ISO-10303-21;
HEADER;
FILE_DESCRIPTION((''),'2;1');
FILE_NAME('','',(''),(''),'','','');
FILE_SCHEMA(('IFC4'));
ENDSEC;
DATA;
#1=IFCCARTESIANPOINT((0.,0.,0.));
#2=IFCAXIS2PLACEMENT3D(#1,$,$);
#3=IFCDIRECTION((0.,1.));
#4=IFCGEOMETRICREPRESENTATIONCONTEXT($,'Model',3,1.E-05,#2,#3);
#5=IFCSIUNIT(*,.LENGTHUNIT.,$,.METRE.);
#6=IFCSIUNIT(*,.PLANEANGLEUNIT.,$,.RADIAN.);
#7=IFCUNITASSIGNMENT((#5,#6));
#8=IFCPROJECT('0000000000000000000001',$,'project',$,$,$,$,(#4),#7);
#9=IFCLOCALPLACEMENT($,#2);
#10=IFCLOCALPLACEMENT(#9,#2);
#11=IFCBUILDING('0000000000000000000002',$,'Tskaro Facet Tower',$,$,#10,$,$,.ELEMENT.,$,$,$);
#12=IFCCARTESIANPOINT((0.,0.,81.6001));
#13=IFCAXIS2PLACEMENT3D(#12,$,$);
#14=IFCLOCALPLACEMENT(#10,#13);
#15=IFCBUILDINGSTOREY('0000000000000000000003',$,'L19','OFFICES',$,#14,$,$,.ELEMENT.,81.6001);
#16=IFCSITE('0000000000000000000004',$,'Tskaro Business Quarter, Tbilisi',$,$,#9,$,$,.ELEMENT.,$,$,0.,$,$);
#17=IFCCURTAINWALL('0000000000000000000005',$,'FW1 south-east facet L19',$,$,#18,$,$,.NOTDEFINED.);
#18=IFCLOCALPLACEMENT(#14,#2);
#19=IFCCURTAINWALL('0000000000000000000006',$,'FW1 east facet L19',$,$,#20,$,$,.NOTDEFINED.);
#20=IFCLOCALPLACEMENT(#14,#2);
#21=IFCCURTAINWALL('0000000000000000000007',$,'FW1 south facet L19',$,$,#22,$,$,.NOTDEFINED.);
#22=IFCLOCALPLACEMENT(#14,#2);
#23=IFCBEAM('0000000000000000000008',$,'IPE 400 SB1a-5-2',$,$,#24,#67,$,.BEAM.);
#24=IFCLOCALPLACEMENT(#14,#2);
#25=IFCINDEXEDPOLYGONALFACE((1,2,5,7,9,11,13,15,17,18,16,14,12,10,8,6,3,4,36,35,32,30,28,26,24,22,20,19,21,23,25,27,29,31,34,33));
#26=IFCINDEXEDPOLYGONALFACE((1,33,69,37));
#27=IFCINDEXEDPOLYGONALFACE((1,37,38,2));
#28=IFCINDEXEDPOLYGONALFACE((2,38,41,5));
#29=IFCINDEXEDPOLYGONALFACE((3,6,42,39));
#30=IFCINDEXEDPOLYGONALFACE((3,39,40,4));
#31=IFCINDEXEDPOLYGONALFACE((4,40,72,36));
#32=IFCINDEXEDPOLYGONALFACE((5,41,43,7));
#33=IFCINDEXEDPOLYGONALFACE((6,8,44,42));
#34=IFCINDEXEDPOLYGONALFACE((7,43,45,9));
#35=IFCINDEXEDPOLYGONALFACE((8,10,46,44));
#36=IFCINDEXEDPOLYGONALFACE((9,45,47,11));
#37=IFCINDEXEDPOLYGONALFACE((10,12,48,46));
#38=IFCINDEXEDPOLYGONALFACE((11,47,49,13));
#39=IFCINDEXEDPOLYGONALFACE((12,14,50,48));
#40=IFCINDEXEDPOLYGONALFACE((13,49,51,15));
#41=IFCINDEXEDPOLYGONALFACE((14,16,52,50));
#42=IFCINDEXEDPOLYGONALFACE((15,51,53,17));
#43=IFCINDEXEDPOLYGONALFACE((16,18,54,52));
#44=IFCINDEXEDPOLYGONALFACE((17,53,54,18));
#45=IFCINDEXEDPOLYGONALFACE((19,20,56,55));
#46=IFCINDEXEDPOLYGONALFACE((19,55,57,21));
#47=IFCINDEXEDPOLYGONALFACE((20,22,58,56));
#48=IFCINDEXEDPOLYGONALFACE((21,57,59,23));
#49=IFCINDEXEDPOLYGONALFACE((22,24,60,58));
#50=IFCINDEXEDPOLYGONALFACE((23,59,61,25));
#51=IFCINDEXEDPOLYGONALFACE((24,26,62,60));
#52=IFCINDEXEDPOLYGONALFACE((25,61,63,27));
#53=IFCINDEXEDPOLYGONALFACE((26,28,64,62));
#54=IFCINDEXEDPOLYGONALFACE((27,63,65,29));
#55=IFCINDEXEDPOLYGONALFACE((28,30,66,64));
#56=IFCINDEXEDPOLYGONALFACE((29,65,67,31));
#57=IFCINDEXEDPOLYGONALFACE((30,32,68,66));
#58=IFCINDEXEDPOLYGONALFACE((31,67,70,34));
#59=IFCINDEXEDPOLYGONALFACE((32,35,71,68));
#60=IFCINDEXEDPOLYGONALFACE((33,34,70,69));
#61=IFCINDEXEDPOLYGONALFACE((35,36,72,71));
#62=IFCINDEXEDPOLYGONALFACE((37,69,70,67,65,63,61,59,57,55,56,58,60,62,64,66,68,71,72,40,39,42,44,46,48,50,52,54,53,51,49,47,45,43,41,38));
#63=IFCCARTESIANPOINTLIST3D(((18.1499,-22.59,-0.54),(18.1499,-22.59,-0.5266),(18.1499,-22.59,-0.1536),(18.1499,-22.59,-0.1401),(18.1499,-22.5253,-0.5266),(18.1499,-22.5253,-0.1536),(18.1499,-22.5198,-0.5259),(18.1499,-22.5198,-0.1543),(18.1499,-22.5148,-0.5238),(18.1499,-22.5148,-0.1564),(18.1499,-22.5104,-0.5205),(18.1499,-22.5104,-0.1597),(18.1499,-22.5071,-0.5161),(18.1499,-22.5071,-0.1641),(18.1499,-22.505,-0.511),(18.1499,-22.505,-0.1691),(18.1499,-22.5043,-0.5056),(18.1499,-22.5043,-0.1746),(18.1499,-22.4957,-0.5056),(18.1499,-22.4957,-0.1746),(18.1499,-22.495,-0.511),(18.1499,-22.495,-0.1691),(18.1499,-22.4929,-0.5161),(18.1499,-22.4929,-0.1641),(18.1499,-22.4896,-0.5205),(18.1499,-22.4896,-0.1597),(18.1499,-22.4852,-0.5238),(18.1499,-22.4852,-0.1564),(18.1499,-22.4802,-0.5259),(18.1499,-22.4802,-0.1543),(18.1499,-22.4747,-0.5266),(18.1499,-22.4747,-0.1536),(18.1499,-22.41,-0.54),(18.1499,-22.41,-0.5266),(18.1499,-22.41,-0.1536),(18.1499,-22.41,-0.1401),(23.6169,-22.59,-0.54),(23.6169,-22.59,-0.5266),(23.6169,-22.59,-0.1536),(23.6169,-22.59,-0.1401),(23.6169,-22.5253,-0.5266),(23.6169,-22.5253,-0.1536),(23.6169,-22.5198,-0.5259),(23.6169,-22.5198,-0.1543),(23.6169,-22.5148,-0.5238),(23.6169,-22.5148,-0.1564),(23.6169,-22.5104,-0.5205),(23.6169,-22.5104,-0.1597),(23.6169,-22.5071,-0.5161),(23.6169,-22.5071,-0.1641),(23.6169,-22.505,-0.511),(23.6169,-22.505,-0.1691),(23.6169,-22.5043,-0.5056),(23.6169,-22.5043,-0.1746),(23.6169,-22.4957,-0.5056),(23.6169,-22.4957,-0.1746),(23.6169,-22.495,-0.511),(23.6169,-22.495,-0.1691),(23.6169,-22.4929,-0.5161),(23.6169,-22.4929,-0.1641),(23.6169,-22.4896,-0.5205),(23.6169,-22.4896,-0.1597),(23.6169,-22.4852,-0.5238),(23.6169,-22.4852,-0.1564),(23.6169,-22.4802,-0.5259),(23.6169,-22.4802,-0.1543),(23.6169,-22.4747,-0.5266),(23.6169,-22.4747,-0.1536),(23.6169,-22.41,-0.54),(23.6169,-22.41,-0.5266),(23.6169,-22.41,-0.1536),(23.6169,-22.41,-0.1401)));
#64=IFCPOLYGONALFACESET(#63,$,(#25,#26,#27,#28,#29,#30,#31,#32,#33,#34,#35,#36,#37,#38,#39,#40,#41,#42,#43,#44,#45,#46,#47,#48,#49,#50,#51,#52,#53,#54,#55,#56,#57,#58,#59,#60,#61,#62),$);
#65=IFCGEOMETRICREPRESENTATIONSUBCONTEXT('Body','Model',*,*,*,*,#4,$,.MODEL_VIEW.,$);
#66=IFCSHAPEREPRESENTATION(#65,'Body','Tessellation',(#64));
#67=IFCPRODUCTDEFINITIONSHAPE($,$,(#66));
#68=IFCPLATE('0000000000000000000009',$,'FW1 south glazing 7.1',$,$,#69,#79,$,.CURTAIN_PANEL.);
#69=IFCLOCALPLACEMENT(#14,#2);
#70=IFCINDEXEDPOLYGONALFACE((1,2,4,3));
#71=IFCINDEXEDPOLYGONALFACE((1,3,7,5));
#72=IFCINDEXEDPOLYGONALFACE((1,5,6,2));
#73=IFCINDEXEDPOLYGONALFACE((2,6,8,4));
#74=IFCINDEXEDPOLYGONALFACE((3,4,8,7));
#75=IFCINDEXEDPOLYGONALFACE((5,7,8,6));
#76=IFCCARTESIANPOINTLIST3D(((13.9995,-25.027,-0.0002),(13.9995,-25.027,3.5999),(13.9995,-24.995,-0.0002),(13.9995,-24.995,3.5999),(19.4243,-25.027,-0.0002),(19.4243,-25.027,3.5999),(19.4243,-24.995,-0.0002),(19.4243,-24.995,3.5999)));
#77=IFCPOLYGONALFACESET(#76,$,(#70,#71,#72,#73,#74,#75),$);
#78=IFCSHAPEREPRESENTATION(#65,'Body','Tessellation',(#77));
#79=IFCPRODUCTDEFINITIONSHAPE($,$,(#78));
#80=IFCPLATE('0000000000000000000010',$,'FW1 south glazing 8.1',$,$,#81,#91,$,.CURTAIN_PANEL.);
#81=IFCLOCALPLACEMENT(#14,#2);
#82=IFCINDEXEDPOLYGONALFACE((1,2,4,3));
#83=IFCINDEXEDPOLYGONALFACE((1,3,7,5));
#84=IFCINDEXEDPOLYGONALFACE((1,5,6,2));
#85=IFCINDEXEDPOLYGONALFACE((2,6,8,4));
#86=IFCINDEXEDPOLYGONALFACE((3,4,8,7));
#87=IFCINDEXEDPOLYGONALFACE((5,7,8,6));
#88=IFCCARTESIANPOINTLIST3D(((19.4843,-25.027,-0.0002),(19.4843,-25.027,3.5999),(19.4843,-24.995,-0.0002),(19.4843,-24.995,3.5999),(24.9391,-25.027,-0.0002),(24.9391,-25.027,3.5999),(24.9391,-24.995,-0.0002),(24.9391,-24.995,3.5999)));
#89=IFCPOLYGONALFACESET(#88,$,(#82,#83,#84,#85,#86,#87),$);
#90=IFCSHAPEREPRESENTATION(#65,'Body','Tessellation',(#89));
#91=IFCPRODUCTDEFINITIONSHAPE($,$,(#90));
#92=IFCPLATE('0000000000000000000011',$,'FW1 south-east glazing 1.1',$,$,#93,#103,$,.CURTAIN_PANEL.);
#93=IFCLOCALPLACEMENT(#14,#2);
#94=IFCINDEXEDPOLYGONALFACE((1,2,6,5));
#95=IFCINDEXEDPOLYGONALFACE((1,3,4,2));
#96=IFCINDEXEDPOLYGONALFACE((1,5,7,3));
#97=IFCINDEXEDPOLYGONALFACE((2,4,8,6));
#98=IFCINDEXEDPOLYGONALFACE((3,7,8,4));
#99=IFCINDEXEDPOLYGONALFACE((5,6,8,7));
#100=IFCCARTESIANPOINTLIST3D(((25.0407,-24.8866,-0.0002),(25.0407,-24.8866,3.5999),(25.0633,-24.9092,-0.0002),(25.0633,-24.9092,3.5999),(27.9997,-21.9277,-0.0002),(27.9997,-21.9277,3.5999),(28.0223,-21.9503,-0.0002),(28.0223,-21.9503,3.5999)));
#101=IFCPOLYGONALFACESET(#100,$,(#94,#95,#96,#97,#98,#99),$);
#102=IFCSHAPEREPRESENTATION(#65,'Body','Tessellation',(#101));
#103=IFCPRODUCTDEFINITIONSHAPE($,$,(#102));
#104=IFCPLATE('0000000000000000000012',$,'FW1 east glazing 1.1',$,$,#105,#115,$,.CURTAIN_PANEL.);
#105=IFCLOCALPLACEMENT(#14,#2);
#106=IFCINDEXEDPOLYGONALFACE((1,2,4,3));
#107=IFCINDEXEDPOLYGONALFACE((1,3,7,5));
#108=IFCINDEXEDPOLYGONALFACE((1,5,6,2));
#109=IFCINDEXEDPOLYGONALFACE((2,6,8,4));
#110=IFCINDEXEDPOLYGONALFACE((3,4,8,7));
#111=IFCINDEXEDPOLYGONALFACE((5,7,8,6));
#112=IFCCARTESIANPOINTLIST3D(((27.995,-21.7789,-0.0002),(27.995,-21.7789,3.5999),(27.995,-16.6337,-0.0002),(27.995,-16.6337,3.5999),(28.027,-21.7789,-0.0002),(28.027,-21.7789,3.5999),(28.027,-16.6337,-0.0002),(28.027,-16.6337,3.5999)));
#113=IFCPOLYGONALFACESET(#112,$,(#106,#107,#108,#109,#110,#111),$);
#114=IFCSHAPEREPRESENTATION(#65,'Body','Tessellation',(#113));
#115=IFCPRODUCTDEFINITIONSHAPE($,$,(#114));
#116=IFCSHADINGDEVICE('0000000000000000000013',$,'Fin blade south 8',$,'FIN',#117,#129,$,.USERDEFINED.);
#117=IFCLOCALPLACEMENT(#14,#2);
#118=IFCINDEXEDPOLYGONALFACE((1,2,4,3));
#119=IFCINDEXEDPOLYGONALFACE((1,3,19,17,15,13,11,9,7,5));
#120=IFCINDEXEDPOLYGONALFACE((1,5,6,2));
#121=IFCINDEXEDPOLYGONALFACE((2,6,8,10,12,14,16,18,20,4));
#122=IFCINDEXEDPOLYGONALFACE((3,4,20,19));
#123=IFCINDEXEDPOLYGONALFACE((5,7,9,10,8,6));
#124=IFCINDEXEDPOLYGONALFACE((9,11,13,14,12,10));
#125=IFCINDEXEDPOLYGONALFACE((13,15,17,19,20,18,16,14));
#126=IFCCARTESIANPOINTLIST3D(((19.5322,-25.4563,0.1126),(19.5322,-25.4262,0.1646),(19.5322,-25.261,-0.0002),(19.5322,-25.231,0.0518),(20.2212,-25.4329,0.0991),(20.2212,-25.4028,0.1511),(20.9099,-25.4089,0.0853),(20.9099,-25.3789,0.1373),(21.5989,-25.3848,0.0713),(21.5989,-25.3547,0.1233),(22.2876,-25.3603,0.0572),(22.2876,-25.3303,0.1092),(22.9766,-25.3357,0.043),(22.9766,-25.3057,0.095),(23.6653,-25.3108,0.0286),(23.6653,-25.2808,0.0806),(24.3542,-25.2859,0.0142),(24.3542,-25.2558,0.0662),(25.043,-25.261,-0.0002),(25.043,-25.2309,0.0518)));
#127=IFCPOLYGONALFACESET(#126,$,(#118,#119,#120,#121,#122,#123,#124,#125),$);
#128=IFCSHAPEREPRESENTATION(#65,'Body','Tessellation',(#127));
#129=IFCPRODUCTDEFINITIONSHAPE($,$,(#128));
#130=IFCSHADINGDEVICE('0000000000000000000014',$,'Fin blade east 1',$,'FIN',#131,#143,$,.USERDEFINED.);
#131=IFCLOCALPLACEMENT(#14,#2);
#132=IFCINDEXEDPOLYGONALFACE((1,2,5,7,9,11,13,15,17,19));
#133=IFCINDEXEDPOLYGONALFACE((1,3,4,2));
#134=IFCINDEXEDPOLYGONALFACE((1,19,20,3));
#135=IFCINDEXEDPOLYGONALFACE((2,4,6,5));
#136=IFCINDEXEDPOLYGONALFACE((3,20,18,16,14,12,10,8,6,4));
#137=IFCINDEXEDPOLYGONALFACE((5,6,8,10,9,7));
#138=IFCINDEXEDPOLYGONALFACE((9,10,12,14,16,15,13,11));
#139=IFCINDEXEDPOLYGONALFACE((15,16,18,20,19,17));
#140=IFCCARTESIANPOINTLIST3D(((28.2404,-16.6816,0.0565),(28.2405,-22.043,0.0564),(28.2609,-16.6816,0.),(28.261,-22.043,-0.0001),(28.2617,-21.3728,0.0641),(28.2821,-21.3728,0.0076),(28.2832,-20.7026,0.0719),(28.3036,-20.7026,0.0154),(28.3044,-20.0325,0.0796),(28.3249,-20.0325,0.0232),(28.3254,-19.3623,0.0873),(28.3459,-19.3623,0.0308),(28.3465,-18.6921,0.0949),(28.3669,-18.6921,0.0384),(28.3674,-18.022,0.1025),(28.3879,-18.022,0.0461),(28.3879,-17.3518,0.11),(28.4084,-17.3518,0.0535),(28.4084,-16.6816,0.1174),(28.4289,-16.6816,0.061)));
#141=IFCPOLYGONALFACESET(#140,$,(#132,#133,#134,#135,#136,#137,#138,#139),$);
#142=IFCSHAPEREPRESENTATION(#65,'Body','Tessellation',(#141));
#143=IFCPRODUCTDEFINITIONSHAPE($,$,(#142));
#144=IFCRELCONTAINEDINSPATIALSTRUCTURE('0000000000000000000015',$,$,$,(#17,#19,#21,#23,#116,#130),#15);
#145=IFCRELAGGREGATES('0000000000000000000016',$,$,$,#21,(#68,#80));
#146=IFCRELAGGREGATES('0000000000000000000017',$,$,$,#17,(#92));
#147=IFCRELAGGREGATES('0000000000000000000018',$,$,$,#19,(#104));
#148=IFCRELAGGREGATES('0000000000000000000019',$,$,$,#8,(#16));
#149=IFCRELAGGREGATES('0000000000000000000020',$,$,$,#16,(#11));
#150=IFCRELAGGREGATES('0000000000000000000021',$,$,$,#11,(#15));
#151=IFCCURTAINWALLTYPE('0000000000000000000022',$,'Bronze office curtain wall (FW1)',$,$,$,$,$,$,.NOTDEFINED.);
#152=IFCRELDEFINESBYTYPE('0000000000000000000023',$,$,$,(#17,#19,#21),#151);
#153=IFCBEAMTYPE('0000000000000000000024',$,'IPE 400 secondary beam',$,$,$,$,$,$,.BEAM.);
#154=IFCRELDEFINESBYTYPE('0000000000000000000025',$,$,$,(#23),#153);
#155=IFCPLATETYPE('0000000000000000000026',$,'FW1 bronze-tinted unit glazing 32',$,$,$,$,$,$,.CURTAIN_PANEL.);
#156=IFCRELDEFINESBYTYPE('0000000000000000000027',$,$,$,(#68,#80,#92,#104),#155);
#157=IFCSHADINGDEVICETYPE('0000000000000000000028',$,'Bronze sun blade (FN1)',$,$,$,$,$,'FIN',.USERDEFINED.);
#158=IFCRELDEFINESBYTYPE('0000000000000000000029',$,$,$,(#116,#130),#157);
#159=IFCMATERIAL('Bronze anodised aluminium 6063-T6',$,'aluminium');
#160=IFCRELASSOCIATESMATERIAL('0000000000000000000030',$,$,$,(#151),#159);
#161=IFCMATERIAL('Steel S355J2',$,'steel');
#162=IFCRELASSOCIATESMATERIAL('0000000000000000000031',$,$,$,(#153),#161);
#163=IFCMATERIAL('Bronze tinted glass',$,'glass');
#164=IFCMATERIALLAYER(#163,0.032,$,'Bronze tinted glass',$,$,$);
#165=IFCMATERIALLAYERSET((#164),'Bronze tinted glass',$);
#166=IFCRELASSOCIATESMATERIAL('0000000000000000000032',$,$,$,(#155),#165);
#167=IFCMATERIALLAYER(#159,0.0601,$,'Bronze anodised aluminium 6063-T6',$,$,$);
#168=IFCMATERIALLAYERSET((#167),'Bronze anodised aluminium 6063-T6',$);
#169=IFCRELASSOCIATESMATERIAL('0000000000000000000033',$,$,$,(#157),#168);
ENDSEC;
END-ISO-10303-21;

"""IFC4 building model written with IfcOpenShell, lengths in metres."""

from ifc_helpers import new_model, si_unit, direction, frame, origin, origin_2d, place, context, subcontext, project, spatial, polyline, rectangle, i_section, outline, extrude, material, layer, layer_set, material_profile, profile_set, type_object, element, aggregate, save


model = new_model("IFC4")

# Units and contexts
model_context = context("Model", 3, precision=1e-05, world=origin(), true_north=direction((0.0, 1.0)))
body_context = subcontext(model_context, "Body", "Model", "MODEL_VIEW")
ifc_project = project(units=[si_unit("LENGTHUNIT", "METRE"), si_unit("PLANEANGLEUNIT", "RADIAN")], contexts=[model_context])

# Site, building, storey
site_placement = place(None, origin())
site = spatial("IfcSite", under=ifc_project, at=site_placement, Name="Tskaro Business Quarter, Tbilisi", CompositionType="ELEMENT", RefElevation=0.0)
building_placement = place(site_placement, origin())
building = spatial("IfcBuilding", under=site, at=building_placement, Name="Tskaro Facet Tower", CompositionType="ELEMENT")
storey_placement = place(building_placement, frame((0.0, 0.0, 81.6001)))
storey = spatial("IfcBuildingStorey", under=building, at=storey_placement, Name="L19", Description="OFFICES", CompositionType="ELEMENT", Elevation=81.6001)

# Curtain walls
ifc_material_1 = material(Name="Bronze anodised aluminium 6063-T6", Category="aluminium")
curtain_wall_type = type_object("IfcCurtainWallType", Name="Bronze office curtain wall (FW1)", PredefinedType="NOTDEFINED", material=ifc_material_1)
curtain_wall_1_placement = place(storey_placement, origin())
curtain_wall_1 = element("IfcCurtainWall", 1, at=curtain_wall_1_placement, inside=storey, type_object=curtain_wall_type, Name="FW1 south-east facet L19", PredefinedType="NOTDEFINED")
curtain_wall_2_placement = place(storey_placement, origin())
curtain_wall_2 = element("IfcCurtainWall", 2, at=curtain_wall_2_placement, inside=storey, type_object=curtain_wall_type, Name="FW1 east facet L19", PredefinedType="NOTDEFINED")

# Curtain wall
curtain_wall_3_placement = place(storey_placement, origin())
curtain_wall_3 = element("IfcCurtainWall", 3, at=curtain_wall_3_placement, inside=storey, type_object=curtain_wall_type, Name="FW1 south facet L19", PredefinedType="NOTDEFINED")

# Beam
ifc_material_2 = material(Name="Steel S355J2", Category="steel")
ifc_material_profile_1 = material_profile(ifc_material_2, i_section(OverallWidth=0.1799, OverallDepth=0.3999, WebThickness=0.0085, FlangeThickness=0.0134, FilletRadius=0.021, at=origin_2d()), Name="IPE 400")
ifc_profile_set_1 = profile_set([ifc_material_profile_1], Name="Steel S355J2")
beam_type_1 = type_object("IfcBeamType", Name="IPE 400 secondary beam", PredefinedType="BEAM", material=ifc_profile_set_1)
beam_1_placement = place(storey_placement, frame((18.1499, -22.5, -0.3401), z_axis=(1.0, 0.0, 0.0), x_axis=(0.0, 1.0, 0.0)))
element("IfcBeam", 4, at=beam_1_placement, inside=storey, type_object=beam_type_1, Name="IPE 400 SB1a-5-2", PredefinedType="BEAM", context=body_context, shape_type="SweptSolid", body=[
    extrude(i_section(OverallWidth=0.1799, OverallDepth=0.3999, WebThickness=0.0085, FlangeThickness=0.0134, FilletRadius=0.021, at=origin_2d()), origin(), (0.0, 0.0, 1.0), 5.467),
])

# Plates
ifc_material_3 = material(Name="Bronze tinted glass", Category="glass")
ifc_layer_1 = layer(ifc_material_3, 0.032, Name="Bronze tinted glass")
ifc_layer_set_1 = layer_set([ifc_layer_1], Name="Bronze tinted glass")
plate_type = type_object("IfcPlateType", Name="FW1 bronze-tinted unit glazing 32", PredefinedType="CURTAIN_PANEL", material=ifc_layer_set_1)
plate_1_placement = place(storey_placement, frame((16.7119, -25.011, -0.0002), z_axis=(0.0, 0.0, 1.0), x_axis=(1.0, 0.0, 0.0)))
plate_1 = element("IfcPlate", 5, at=plate_1_placement, type_object=plate_type, Name="FW1 south glazing 7.1", PredefinedType="CURTAIN_PANEL", context=body_context, shape_type="SweptSolid", body=[
    extrude(rectangle(XDim=5.4248, YDim=0.032, at=origin_2d()), origin(), (0.0, 0.0, 1.0), 3.6001),
])
plate_2_placement = place(storey_placement, frame((22.2117, -25.011, -0.0002), z_axis=(0.0, 0.0, 1.0), x_axis=(1.0, 0.0, 0.0)))
plate_2 = element("IfcPlate", 6, at=plate_2_placement, type_object=plate_type, Name="FW1 south glazing 8.1", PredefinedType="CURTAIN_PANEL", context=body_context, shape_type="SweptSolid", body=[
    extrude(rectangle(XDim=5.4548, YDim=0.032, at=origin_2d()), origin(), (0.0, 0.0, 1.0), 3.6001),
])
aggregate(curtain_wall_3, [plate_1, plate_2])
plate_3_placement = place(storey_placement, frame((26.5315, -23.4185, -0.0002), z_axis=(0.0, 0.0, 1.0), x_axis=(0.707107, 0.707107, 0.0)))
plate_3 = element("IfcPlate", 7, at=plate_3_placement, type_object=plate_type, Name="FW1 south-east glazing 1.1", PredefinedType="CURTAIN_PANEL", context=body_context, shape_type="SweptSolid", body=[
    extrude(rectangle(XDim=4.1846, YDim=0.032, at=origin_2d()), origin(), (0.0, 0.0, 1.0), 3.6001),
])
aggregate(curtain_wall_1, [plate_3])
plate_4_placement = place(storey_placement, frame((28.011, -19.2063, -0.0002), z_axis=(0.0, 0.0, 1.0), x_axis=(0.0, 1.0, 0.0)))
plate_4 = element("IfcPlate", 8, at=plate_4_placement, type_object=plate_type, Name="FW1 east glazing 1.1", PredefinedType="CURTAIN_PANEL", context=body_context, shape_type="SweptSolid", body=[
    extrude(rectangle(XDim=5.1453, YDim=0.032, at=origin_2d()), origin(), (0.0, 0.0, 1.0), 3.6001),
])
aggregate(curtain_wall_2, [plate_4])

# Shading devices
ifc_layer_2 = layer(ifc_material_1, 0.0601, Name="Bronze anodised aluminium 6063-T6")
ifc_layer_set_2 = layer_set([ifc_layer_2], Name="Bronze anodised aluminium 6063-T6")
shading_device_type = type_object("IfcShadingDeviceType", Name="Bronze sun blade (FN1)", ElementType="FIN", PredefinedType="USERDEFINED", material=ifc_layer_set_2)
shading_device_1_placement = place(storey_placement, frame((19.5322, -25.231, 0.0518), z_axis=(-0.000011, 0.50034, 0.865829), x_axis=(1.0, 0.000006, 0.00001)))
element("IfcShadingDevice", 9, at=shading_device_1_placement, inside=storey, type_object=shading_device_type, Name="Fin blade south 8", ObjectType="FIN", PredefinedType="USERDEFINED", context=body_context, shape_type="SweptSolid", body=[
    extrude(outline(polyline([(0.0, 0.0), (5.5107, 0.0), (4.822, -0.0288), (4.1331, -0.0575), (3.4443, -0.0863), (2.7554, -0.1147), (2.0667, -0.143), (1.3777, -0.1709), (0.689, -0.1985), (0.0, -0.2255), (0.0, 0.0)])), origin(), (0.0, 0.0, -1.0), 0.0601),
])
shading_device_2_placement = place(storey_placement, frame((28.2405, -22.043, 0.0564), z_axis=(-0.340927, -0.000021, 0.94009), x_axis=(-0.000007, 1.0, 0.00002)))
element("IfcShadingDevice", 10, at=shading_device_2_placement, inside=storey, type_object=shading_device_type, Name="Fin blade east 1", ObjectType="FIN", PredefinedType="USERDEFINED", context=body_context, shape_type="SweptSolid", body=[
    extrude(outline(polyline([(0.0, 0.0), (5.3613, 0.0), (5.3613, -0.1787), (4.6912, -0.1569), (4.021, -0.1351), (3.3508, -0.1128), (2.6807, -0.0904), (2.0105, -0.068), (1.3403, -0.0454), (0.6702, -0.0225), (0.0, 0.0)])), origin(), (0.0, 0.0, -1.0), 0.0601),
])

save(model, "model.ifc")
